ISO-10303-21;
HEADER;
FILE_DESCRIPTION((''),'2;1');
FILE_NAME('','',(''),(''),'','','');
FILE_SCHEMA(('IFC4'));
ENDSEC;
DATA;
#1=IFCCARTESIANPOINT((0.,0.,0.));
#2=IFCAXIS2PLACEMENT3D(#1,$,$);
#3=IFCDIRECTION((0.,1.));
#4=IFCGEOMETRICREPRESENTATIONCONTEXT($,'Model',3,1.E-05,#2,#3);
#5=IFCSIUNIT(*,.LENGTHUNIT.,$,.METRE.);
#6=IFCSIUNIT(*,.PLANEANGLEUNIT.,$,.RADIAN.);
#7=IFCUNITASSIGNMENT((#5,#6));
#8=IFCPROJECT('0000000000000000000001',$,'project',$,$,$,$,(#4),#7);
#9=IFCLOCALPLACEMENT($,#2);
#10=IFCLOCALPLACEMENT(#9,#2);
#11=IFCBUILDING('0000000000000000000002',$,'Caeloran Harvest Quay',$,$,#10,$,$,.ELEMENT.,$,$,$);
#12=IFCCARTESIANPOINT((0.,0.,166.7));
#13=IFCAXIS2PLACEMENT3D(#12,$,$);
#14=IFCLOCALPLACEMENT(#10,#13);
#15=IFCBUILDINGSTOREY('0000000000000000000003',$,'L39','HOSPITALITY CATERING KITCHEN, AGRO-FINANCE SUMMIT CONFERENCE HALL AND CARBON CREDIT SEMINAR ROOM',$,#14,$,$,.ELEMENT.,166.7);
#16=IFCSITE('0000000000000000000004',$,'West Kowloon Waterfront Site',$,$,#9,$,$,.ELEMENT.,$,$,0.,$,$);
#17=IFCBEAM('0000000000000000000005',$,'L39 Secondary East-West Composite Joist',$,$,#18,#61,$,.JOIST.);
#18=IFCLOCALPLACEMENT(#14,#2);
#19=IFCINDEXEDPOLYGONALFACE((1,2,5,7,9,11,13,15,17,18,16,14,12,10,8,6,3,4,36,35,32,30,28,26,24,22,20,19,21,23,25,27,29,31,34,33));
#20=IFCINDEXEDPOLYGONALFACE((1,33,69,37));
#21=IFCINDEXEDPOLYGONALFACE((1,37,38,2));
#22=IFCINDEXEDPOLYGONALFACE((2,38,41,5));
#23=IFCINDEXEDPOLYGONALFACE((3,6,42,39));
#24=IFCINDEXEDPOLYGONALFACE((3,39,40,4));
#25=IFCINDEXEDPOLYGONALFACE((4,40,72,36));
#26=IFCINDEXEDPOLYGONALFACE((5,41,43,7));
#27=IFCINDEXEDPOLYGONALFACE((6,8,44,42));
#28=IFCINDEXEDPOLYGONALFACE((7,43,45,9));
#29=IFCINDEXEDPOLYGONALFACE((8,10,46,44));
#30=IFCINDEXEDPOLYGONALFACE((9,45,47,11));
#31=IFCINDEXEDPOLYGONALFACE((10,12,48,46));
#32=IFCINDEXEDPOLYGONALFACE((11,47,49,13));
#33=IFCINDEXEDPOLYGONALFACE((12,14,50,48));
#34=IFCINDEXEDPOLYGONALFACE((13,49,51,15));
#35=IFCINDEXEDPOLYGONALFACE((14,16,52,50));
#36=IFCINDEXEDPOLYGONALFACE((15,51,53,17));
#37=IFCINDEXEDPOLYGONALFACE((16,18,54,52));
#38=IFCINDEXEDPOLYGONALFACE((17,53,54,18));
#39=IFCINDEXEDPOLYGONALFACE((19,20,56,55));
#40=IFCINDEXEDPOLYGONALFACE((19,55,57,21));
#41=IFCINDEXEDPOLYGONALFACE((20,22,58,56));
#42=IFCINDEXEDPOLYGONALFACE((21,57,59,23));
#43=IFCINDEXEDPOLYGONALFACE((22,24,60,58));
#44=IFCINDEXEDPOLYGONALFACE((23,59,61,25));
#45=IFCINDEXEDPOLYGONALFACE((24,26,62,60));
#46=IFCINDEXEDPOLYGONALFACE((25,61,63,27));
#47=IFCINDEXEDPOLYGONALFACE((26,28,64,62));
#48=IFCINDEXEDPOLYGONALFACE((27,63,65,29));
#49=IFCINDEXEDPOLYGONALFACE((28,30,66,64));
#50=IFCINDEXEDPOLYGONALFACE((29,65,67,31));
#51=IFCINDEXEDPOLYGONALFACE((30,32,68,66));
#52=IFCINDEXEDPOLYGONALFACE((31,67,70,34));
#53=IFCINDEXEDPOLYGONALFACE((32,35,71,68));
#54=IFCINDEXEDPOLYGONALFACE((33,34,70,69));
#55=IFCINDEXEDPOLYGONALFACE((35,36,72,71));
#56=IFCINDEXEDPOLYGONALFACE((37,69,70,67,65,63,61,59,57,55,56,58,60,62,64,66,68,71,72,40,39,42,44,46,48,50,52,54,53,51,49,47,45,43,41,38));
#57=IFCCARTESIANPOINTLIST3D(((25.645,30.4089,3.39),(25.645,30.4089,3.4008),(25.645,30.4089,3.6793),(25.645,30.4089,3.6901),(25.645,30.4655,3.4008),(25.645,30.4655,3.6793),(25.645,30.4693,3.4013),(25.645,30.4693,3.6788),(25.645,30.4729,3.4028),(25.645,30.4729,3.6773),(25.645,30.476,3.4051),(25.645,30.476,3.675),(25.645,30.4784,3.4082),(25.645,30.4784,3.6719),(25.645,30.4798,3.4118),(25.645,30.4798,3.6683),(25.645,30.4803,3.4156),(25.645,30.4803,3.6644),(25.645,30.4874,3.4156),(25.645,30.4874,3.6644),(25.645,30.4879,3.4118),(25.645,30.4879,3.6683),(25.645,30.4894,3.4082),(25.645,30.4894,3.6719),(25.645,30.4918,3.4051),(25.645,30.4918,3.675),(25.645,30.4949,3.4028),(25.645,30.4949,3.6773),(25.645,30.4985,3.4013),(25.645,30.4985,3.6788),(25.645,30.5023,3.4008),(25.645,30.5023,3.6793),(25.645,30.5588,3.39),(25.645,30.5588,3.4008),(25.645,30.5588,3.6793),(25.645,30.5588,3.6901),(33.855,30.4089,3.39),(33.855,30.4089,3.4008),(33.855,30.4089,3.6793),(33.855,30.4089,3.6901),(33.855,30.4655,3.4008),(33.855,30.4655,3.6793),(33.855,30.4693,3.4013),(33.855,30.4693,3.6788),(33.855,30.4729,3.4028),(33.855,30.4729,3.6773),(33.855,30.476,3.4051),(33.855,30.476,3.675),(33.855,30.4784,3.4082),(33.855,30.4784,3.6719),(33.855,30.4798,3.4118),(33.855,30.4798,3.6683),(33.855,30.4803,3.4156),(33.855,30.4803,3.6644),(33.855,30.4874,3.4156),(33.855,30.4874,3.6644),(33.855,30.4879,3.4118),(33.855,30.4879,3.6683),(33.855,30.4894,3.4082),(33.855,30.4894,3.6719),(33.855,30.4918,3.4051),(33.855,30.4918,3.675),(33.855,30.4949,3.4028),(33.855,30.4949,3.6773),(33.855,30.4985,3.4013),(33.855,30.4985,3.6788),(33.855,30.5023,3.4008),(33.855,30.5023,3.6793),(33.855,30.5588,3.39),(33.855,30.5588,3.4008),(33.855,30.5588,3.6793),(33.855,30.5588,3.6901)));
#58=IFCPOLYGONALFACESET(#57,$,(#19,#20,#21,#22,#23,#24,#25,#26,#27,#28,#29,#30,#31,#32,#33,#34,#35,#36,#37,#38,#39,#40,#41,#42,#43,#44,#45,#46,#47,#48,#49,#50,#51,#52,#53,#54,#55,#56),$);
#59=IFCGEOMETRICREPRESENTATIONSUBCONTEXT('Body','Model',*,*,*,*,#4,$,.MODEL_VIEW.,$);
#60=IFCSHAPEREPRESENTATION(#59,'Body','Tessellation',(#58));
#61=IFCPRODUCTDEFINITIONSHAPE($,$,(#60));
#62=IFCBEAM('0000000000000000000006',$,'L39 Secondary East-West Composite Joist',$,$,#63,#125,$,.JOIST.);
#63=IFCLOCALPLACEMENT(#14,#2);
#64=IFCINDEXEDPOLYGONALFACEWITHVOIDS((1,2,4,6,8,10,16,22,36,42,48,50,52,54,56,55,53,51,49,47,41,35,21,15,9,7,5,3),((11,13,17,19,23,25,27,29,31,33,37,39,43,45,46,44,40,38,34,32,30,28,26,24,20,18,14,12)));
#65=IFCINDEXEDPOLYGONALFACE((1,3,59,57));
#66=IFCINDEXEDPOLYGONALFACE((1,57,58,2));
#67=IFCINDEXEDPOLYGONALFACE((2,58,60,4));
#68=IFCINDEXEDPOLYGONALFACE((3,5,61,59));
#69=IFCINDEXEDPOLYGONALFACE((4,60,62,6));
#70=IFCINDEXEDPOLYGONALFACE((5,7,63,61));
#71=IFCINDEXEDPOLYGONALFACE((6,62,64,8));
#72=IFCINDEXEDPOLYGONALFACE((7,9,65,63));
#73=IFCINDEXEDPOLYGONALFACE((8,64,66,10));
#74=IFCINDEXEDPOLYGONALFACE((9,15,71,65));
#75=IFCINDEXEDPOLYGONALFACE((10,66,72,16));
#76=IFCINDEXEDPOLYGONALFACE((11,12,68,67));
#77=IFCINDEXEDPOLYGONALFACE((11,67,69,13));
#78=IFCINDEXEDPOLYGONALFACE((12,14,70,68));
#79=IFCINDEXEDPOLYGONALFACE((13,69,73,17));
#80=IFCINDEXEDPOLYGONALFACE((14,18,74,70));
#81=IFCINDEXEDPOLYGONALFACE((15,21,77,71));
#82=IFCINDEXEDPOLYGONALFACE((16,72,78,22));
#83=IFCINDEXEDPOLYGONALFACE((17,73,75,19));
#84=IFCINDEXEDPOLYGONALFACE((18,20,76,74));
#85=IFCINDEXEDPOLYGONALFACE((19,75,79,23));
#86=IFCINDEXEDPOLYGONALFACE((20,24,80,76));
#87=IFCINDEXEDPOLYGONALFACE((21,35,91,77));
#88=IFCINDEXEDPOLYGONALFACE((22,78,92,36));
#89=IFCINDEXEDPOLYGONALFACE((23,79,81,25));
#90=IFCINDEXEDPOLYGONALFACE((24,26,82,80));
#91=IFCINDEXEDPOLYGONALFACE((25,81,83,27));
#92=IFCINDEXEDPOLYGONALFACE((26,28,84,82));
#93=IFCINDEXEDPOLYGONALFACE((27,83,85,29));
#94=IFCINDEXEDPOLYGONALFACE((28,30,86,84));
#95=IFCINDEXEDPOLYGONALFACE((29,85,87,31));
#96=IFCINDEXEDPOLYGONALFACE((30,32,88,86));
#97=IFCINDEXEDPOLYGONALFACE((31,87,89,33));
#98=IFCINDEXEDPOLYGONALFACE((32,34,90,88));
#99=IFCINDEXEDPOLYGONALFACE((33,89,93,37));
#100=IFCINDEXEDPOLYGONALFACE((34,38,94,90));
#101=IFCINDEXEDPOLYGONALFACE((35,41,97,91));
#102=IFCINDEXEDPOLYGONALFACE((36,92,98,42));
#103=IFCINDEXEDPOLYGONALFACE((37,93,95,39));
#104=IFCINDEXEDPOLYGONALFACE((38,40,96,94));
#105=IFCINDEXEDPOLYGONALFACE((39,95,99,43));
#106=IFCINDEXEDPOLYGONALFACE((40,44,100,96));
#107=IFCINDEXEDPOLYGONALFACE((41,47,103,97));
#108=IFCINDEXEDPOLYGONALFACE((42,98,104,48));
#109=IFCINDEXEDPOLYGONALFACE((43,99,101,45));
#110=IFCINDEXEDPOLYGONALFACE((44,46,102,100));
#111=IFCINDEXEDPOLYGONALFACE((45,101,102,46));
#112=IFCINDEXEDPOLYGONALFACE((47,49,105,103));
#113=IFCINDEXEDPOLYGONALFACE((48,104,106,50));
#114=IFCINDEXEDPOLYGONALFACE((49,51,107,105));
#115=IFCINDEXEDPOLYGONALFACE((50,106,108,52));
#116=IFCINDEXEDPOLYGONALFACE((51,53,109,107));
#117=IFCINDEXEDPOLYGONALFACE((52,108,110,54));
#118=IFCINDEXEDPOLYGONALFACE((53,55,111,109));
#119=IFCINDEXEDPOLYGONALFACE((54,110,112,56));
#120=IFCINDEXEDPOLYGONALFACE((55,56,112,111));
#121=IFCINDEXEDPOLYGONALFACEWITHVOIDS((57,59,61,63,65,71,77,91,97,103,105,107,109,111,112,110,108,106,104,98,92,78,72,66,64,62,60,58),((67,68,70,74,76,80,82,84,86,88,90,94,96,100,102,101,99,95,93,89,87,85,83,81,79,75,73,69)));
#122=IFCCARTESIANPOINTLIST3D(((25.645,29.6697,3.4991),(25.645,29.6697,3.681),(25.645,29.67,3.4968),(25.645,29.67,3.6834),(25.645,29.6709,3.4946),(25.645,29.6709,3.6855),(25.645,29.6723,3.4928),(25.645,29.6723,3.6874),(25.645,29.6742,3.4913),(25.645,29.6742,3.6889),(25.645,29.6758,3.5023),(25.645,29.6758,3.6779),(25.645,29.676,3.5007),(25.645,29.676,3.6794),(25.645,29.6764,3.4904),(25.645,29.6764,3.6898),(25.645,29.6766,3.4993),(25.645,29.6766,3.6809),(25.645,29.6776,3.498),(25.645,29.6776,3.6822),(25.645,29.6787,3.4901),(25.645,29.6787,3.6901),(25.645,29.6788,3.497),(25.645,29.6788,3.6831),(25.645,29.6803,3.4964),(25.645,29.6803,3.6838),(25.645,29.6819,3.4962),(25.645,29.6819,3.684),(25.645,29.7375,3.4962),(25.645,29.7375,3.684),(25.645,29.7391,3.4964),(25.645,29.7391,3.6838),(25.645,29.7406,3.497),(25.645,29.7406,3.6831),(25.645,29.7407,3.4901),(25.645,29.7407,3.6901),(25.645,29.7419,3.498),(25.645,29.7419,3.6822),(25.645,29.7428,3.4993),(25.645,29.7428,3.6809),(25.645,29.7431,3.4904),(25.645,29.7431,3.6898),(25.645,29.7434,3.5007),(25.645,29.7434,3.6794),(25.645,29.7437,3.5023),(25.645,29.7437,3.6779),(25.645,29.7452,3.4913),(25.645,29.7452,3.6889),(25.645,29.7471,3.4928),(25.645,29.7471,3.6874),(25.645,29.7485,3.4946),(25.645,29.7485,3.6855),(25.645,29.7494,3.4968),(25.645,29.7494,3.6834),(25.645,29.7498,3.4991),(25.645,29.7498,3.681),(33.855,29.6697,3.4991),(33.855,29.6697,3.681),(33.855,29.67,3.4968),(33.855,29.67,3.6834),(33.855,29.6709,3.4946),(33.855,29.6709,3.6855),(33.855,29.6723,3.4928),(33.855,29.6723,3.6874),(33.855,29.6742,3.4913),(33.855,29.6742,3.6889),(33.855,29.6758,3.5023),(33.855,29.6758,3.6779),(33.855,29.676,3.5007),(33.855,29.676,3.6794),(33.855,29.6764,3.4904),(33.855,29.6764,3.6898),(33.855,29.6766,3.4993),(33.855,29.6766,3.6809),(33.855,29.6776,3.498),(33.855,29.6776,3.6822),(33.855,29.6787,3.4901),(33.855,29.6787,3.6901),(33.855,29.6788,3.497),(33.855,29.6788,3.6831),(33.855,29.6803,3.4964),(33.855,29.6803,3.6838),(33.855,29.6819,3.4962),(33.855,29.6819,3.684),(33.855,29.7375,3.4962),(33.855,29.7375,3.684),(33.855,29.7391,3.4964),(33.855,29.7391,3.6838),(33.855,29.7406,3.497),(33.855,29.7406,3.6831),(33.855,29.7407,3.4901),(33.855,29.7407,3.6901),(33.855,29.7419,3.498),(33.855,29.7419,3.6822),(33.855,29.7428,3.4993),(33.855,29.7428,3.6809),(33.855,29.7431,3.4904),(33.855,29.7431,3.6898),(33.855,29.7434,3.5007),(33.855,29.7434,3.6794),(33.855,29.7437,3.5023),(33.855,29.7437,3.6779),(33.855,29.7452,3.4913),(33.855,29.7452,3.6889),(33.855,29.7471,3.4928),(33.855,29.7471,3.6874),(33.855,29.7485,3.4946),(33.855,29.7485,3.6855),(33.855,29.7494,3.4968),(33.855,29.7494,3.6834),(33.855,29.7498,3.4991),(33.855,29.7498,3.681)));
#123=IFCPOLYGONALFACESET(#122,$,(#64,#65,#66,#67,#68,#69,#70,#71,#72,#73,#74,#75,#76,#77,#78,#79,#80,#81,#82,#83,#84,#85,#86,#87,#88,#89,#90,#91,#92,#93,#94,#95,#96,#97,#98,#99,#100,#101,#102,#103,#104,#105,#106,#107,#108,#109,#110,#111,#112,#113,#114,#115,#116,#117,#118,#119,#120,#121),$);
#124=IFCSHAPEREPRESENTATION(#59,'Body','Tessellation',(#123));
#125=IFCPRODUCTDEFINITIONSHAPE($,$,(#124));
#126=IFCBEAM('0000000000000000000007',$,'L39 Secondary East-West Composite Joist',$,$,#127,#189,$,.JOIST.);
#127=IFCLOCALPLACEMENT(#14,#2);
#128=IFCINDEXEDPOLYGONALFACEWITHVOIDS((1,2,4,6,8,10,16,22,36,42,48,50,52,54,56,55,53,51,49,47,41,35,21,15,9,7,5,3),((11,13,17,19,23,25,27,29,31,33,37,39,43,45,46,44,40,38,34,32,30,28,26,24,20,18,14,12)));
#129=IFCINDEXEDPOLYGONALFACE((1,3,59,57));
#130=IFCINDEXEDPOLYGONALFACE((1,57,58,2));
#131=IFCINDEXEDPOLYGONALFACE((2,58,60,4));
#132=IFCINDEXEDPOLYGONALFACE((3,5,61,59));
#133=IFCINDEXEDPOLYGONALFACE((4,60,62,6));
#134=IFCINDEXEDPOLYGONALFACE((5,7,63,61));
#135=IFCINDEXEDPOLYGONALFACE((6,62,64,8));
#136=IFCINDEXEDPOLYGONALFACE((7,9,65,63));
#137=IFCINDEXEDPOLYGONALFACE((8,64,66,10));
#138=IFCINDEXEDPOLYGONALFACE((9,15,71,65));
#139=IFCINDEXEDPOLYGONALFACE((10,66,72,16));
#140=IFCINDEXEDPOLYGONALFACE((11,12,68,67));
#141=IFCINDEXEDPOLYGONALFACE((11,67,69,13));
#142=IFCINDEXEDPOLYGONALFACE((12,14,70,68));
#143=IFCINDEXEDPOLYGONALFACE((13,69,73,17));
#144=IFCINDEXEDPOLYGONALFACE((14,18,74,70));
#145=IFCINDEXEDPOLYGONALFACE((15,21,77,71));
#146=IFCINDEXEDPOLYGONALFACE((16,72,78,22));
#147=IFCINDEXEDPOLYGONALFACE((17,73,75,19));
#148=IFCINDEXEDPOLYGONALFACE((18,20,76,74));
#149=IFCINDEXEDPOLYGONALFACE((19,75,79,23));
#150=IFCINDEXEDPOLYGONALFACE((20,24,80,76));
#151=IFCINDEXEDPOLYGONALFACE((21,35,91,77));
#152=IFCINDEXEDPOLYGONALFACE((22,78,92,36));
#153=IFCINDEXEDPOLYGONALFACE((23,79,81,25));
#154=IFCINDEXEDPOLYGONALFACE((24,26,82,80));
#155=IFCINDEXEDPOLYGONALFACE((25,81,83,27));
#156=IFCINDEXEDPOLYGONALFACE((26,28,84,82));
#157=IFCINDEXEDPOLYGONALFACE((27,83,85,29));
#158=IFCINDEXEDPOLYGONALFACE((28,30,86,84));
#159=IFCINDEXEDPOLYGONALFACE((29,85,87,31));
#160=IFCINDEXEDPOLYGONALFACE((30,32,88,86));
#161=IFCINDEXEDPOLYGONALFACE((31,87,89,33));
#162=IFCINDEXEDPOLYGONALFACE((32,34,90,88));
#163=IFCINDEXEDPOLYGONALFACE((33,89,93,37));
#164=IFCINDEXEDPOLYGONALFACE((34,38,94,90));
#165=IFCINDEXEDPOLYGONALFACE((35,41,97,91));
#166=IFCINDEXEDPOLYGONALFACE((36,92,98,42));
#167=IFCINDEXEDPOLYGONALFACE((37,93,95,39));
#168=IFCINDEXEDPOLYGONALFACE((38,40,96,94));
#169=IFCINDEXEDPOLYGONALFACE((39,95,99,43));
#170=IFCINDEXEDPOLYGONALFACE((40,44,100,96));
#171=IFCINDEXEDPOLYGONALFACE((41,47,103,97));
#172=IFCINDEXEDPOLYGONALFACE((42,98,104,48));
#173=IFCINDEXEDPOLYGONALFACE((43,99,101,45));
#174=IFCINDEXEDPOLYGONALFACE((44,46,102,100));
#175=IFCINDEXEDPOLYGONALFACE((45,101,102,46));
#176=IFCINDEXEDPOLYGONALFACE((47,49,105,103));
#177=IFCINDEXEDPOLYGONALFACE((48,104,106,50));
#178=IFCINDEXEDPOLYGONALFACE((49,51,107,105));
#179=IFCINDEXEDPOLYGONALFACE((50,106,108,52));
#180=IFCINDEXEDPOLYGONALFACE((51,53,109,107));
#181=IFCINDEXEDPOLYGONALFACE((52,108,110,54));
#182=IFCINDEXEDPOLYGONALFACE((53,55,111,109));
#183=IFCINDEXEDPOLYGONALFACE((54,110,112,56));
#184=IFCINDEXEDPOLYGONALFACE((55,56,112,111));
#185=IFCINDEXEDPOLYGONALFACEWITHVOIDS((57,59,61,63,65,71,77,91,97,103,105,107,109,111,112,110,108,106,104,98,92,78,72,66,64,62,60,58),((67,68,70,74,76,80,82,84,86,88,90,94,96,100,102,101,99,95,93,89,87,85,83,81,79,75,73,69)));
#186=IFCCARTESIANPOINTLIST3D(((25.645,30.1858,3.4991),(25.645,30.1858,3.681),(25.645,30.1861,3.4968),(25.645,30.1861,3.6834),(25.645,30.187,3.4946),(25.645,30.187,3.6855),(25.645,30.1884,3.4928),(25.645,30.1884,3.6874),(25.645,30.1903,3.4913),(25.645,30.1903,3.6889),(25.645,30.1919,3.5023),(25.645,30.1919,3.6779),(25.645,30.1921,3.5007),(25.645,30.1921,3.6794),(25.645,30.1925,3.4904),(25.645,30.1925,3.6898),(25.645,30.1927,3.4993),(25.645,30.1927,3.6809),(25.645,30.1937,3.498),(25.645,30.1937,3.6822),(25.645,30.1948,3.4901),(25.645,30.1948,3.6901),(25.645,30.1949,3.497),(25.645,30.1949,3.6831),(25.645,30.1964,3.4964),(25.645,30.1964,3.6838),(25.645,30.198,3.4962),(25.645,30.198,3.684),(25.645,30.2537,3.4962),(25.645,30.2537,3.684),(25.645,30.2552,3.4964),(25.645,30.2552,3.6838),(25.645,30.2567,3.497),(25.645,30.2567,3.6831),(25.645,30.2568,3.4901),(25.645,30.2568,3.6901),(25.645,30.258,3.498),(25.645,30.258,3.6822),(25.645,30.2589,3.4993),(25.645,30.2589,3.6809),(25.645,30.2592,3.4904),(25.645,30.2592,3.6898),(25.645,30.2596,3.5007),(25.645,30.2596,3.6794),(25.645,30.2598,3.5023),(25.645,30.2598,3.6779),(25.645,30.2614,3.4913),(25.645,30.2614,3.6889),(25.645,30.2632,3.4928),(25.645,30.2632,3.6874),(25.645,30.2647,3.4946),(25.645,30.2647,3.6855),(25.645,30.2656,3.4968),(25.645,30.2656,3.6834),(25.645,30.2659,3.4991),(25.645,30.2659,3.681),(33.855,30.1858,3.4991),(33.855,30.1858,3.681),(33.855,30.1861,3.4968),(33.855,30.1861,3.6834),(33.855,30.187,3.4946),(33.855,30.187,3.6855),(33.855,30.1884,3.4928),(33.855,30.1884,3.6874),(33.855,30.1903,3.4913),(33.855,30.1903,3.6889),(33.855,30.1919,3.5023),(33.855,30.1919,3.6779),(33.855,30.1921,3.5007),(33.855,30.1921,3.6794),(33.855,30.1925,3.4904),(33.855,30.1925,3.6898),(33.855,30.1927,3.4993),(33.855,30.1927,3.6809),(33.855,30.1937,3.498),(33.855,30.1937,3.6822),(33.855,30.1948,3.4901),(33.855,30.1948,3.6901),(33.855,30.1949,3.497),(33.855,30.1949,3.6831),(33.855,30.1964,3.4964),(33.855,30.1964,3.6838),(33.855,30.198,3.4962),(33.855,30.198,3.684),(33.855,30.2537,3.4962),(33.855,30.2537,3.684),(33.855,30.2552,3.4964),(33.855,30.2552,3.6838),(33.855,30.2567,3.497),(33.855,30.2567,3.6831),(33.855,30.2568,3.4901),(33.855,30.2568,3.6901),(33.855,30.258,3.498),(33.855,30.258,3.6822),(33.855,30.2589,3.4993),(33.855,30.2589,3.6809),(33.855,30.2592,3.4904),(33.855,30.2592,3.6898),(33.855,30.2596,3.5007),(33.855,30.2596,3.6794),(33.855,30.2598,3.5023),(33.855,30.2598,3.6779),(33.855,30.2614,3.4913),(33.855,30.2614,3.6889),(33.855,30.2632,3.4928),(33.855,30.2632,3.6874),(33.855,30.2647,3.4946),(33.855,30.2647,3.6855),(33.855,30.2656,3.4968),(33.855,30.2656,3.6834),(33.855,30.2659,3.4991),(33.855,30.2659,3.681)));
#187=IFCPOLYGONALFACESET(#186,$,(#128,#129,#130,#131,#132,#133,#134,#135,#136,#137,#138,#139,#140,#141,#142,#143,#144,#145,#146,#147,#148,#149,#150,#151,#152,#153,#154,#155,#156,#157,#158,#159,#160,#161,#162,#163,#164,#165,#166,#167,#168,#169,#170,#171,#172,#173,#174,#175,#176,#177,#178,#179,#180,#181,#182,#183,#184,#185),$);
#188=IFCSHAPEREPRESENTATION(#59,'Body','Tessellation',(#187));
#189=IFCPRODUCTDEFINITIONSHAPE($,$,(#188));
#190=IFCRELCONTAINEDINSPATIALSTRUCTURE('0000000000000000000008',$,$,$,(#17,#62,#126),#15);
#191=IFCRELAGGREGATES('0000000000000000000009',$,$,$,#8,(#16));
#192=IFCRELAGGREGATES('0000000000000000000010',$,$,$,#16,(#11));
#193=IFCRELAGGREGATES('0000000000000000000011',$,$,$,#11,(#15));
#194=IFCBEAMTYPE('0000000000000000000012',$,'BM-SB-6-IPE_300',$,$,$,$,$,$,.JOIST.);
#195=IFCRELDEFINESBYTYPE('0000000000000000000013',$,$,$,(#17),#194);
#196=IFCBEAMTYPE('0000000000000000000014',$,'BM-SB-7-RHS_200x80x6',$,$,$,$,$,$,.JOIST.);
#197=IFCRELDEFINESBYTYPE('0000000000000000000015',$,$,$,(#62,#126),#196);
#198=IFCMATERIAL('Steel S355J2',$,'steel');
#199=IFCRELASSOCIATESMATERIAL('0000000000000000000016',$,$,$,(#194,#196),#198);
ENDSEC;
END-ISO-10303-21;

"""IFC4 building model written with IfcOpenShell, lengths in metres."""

from ifc_helpers import new_model, si_unit, direction, frame, origin, origin_2d, place, context, subcontext, project, spatial, hollow_rectangle, i_section, extrude, material, material_profile, profile_set, type_object, element, save


model = new_model("IFC4")

# Units and contexts
model_context = context("Model", 3, precision=1e-05, world=origin(), true_north=direction((0.0, 1.0)))
body_context = subcontext(model_context, "Body", "Model", "MODEL_VIEW")
ifc_project = project(units=[si_unit("LENGTHUNIT", "METRE"), si_unit("PLANEANGLEUNIT", "RADIAN")], contexts=[model_context])

# Site, building, storey
site_placement = place(None, origin())
site = spatial("IfcSite", under=ifc_project, at=site_placement, Name="West Kowloon Waterfront Site", CompositionType="ELEMENT", RefElevation=0.0)
building_placement = place(site_placement, origin())
building = spatial("IfcBuilding", under=site, at=building_placement, Name="Caeloran Harvest Quay", CompositionType="ELEMENT")
storey_placement = place(building_placement, frame((0.0, 0.0, 166.7)))
storey = spatial("IfcBuildingStorey", under=building, at=storey_placement, Name="L39", Description="HOSPITALITY CATERING KITCHEN, AGRO-FINANCE SUMMIT CONFERENCE HALL AND CARBON CREDIT SEMINAR ROOM", CompositionType="ELEMENT", Elevation=166.7)

# Beams
ifc_material_1 = material(Name="Steel S355J2", Category="steel")
ifc_material_profile_1 = material_profile(ifc_material_1, i_section(OverallWidth=0.1499, OverallDepth=0.3, WebThickness=0.0071, FlangeThickness=0.0107, FilletRadius=0.0149, at=origin_2d()), Name="IPE 300")
ifc_profile_set_1 = profile_set([ifc_material_profile_1], Name="Steel S355J2")
beam_type_1 = type_object("IfcBeamType", Name="BM-SB-6-IPE_300", PredefinedType="JOIST", material=ifc_profile_set_1)
for number, where, z_axis, x_axis, name in (
    (1, (25.645, 30.4839, 3.54), (1.0, 0.0, 0.0), (0.0, 1.0, 0.0), "L39 Secondary East-West Composite Joist"),
):
    element("IfcBeam", number, at=place(storey_placement, frame(where, z_axis=z_axis, x_axis=x_axis)), inside=storey, type_object=beam_type_1, Name=name, PredefinedType="JOIST", context=body_context, shape_type="SweptSolid", body=[
        extrude(i_section(OverallWidth=0.1499, OverallDepth=0.3, WebThickness=0.0071, FlangeThickness=0.0107, FilletRadius=0.0149, at=origin_2d()), origin(), (0.0, 0.0, 1.0), 8.21),
    ])
ifc_material_profile_2 = material_profile(ifc_material_1, hollow_rectangle(XDim=0.0801, YDim=0.2, WallThickness=0.0061, InnerFilletRadius=0.0061, OuterFilletRadius=0.009, at=origin_2d()), Name="RHS 200x80x6")
ifc_profile_set_2 = profile_set([ifc_material_profile_2], Name="Steel S355J2")
beam_type_2 = type_object("IfcBeamType", Name="BM-SB-7-RHS_200x80x6", PredefinedType="JOIST", material=ifc_profile_set_2)
for number, where, z_axis, x_axis, name in (
    (2, (25.645, 29.7097, 3.5901), (1.0, 0.0, 0.0), (0.0, 1.0, 0.0), "L39 Secondary East-West Composite Joist"),
    (3, (25.645, 30.2258, 3.5901), (1.0, 0.0, 0.0), (0.0, 1.0, 0.0), "L39 Secondary East-West Composite Joist"),
):
    element("IfcBeam", number, at=place(storey_placement, frame(where, z_axis=z_axis, x_axis=x_axis)), inside=storey, type_object=beam_type_2, Name=name, PredefinedType="JOIST", context=body_context, shape_type="SweptSolid", body=[
        extrude(hollow_rectangle(XDim=0.0801, YDim=0.2, WallThickness=0.0061, InnerFilletRadius=0.0061, OuterFilletRadius=0.009, at=origin_2d()), origin(), (0.0, 0.0, 1.0), 8.21),
    ])

save(model, "model.ifc")
